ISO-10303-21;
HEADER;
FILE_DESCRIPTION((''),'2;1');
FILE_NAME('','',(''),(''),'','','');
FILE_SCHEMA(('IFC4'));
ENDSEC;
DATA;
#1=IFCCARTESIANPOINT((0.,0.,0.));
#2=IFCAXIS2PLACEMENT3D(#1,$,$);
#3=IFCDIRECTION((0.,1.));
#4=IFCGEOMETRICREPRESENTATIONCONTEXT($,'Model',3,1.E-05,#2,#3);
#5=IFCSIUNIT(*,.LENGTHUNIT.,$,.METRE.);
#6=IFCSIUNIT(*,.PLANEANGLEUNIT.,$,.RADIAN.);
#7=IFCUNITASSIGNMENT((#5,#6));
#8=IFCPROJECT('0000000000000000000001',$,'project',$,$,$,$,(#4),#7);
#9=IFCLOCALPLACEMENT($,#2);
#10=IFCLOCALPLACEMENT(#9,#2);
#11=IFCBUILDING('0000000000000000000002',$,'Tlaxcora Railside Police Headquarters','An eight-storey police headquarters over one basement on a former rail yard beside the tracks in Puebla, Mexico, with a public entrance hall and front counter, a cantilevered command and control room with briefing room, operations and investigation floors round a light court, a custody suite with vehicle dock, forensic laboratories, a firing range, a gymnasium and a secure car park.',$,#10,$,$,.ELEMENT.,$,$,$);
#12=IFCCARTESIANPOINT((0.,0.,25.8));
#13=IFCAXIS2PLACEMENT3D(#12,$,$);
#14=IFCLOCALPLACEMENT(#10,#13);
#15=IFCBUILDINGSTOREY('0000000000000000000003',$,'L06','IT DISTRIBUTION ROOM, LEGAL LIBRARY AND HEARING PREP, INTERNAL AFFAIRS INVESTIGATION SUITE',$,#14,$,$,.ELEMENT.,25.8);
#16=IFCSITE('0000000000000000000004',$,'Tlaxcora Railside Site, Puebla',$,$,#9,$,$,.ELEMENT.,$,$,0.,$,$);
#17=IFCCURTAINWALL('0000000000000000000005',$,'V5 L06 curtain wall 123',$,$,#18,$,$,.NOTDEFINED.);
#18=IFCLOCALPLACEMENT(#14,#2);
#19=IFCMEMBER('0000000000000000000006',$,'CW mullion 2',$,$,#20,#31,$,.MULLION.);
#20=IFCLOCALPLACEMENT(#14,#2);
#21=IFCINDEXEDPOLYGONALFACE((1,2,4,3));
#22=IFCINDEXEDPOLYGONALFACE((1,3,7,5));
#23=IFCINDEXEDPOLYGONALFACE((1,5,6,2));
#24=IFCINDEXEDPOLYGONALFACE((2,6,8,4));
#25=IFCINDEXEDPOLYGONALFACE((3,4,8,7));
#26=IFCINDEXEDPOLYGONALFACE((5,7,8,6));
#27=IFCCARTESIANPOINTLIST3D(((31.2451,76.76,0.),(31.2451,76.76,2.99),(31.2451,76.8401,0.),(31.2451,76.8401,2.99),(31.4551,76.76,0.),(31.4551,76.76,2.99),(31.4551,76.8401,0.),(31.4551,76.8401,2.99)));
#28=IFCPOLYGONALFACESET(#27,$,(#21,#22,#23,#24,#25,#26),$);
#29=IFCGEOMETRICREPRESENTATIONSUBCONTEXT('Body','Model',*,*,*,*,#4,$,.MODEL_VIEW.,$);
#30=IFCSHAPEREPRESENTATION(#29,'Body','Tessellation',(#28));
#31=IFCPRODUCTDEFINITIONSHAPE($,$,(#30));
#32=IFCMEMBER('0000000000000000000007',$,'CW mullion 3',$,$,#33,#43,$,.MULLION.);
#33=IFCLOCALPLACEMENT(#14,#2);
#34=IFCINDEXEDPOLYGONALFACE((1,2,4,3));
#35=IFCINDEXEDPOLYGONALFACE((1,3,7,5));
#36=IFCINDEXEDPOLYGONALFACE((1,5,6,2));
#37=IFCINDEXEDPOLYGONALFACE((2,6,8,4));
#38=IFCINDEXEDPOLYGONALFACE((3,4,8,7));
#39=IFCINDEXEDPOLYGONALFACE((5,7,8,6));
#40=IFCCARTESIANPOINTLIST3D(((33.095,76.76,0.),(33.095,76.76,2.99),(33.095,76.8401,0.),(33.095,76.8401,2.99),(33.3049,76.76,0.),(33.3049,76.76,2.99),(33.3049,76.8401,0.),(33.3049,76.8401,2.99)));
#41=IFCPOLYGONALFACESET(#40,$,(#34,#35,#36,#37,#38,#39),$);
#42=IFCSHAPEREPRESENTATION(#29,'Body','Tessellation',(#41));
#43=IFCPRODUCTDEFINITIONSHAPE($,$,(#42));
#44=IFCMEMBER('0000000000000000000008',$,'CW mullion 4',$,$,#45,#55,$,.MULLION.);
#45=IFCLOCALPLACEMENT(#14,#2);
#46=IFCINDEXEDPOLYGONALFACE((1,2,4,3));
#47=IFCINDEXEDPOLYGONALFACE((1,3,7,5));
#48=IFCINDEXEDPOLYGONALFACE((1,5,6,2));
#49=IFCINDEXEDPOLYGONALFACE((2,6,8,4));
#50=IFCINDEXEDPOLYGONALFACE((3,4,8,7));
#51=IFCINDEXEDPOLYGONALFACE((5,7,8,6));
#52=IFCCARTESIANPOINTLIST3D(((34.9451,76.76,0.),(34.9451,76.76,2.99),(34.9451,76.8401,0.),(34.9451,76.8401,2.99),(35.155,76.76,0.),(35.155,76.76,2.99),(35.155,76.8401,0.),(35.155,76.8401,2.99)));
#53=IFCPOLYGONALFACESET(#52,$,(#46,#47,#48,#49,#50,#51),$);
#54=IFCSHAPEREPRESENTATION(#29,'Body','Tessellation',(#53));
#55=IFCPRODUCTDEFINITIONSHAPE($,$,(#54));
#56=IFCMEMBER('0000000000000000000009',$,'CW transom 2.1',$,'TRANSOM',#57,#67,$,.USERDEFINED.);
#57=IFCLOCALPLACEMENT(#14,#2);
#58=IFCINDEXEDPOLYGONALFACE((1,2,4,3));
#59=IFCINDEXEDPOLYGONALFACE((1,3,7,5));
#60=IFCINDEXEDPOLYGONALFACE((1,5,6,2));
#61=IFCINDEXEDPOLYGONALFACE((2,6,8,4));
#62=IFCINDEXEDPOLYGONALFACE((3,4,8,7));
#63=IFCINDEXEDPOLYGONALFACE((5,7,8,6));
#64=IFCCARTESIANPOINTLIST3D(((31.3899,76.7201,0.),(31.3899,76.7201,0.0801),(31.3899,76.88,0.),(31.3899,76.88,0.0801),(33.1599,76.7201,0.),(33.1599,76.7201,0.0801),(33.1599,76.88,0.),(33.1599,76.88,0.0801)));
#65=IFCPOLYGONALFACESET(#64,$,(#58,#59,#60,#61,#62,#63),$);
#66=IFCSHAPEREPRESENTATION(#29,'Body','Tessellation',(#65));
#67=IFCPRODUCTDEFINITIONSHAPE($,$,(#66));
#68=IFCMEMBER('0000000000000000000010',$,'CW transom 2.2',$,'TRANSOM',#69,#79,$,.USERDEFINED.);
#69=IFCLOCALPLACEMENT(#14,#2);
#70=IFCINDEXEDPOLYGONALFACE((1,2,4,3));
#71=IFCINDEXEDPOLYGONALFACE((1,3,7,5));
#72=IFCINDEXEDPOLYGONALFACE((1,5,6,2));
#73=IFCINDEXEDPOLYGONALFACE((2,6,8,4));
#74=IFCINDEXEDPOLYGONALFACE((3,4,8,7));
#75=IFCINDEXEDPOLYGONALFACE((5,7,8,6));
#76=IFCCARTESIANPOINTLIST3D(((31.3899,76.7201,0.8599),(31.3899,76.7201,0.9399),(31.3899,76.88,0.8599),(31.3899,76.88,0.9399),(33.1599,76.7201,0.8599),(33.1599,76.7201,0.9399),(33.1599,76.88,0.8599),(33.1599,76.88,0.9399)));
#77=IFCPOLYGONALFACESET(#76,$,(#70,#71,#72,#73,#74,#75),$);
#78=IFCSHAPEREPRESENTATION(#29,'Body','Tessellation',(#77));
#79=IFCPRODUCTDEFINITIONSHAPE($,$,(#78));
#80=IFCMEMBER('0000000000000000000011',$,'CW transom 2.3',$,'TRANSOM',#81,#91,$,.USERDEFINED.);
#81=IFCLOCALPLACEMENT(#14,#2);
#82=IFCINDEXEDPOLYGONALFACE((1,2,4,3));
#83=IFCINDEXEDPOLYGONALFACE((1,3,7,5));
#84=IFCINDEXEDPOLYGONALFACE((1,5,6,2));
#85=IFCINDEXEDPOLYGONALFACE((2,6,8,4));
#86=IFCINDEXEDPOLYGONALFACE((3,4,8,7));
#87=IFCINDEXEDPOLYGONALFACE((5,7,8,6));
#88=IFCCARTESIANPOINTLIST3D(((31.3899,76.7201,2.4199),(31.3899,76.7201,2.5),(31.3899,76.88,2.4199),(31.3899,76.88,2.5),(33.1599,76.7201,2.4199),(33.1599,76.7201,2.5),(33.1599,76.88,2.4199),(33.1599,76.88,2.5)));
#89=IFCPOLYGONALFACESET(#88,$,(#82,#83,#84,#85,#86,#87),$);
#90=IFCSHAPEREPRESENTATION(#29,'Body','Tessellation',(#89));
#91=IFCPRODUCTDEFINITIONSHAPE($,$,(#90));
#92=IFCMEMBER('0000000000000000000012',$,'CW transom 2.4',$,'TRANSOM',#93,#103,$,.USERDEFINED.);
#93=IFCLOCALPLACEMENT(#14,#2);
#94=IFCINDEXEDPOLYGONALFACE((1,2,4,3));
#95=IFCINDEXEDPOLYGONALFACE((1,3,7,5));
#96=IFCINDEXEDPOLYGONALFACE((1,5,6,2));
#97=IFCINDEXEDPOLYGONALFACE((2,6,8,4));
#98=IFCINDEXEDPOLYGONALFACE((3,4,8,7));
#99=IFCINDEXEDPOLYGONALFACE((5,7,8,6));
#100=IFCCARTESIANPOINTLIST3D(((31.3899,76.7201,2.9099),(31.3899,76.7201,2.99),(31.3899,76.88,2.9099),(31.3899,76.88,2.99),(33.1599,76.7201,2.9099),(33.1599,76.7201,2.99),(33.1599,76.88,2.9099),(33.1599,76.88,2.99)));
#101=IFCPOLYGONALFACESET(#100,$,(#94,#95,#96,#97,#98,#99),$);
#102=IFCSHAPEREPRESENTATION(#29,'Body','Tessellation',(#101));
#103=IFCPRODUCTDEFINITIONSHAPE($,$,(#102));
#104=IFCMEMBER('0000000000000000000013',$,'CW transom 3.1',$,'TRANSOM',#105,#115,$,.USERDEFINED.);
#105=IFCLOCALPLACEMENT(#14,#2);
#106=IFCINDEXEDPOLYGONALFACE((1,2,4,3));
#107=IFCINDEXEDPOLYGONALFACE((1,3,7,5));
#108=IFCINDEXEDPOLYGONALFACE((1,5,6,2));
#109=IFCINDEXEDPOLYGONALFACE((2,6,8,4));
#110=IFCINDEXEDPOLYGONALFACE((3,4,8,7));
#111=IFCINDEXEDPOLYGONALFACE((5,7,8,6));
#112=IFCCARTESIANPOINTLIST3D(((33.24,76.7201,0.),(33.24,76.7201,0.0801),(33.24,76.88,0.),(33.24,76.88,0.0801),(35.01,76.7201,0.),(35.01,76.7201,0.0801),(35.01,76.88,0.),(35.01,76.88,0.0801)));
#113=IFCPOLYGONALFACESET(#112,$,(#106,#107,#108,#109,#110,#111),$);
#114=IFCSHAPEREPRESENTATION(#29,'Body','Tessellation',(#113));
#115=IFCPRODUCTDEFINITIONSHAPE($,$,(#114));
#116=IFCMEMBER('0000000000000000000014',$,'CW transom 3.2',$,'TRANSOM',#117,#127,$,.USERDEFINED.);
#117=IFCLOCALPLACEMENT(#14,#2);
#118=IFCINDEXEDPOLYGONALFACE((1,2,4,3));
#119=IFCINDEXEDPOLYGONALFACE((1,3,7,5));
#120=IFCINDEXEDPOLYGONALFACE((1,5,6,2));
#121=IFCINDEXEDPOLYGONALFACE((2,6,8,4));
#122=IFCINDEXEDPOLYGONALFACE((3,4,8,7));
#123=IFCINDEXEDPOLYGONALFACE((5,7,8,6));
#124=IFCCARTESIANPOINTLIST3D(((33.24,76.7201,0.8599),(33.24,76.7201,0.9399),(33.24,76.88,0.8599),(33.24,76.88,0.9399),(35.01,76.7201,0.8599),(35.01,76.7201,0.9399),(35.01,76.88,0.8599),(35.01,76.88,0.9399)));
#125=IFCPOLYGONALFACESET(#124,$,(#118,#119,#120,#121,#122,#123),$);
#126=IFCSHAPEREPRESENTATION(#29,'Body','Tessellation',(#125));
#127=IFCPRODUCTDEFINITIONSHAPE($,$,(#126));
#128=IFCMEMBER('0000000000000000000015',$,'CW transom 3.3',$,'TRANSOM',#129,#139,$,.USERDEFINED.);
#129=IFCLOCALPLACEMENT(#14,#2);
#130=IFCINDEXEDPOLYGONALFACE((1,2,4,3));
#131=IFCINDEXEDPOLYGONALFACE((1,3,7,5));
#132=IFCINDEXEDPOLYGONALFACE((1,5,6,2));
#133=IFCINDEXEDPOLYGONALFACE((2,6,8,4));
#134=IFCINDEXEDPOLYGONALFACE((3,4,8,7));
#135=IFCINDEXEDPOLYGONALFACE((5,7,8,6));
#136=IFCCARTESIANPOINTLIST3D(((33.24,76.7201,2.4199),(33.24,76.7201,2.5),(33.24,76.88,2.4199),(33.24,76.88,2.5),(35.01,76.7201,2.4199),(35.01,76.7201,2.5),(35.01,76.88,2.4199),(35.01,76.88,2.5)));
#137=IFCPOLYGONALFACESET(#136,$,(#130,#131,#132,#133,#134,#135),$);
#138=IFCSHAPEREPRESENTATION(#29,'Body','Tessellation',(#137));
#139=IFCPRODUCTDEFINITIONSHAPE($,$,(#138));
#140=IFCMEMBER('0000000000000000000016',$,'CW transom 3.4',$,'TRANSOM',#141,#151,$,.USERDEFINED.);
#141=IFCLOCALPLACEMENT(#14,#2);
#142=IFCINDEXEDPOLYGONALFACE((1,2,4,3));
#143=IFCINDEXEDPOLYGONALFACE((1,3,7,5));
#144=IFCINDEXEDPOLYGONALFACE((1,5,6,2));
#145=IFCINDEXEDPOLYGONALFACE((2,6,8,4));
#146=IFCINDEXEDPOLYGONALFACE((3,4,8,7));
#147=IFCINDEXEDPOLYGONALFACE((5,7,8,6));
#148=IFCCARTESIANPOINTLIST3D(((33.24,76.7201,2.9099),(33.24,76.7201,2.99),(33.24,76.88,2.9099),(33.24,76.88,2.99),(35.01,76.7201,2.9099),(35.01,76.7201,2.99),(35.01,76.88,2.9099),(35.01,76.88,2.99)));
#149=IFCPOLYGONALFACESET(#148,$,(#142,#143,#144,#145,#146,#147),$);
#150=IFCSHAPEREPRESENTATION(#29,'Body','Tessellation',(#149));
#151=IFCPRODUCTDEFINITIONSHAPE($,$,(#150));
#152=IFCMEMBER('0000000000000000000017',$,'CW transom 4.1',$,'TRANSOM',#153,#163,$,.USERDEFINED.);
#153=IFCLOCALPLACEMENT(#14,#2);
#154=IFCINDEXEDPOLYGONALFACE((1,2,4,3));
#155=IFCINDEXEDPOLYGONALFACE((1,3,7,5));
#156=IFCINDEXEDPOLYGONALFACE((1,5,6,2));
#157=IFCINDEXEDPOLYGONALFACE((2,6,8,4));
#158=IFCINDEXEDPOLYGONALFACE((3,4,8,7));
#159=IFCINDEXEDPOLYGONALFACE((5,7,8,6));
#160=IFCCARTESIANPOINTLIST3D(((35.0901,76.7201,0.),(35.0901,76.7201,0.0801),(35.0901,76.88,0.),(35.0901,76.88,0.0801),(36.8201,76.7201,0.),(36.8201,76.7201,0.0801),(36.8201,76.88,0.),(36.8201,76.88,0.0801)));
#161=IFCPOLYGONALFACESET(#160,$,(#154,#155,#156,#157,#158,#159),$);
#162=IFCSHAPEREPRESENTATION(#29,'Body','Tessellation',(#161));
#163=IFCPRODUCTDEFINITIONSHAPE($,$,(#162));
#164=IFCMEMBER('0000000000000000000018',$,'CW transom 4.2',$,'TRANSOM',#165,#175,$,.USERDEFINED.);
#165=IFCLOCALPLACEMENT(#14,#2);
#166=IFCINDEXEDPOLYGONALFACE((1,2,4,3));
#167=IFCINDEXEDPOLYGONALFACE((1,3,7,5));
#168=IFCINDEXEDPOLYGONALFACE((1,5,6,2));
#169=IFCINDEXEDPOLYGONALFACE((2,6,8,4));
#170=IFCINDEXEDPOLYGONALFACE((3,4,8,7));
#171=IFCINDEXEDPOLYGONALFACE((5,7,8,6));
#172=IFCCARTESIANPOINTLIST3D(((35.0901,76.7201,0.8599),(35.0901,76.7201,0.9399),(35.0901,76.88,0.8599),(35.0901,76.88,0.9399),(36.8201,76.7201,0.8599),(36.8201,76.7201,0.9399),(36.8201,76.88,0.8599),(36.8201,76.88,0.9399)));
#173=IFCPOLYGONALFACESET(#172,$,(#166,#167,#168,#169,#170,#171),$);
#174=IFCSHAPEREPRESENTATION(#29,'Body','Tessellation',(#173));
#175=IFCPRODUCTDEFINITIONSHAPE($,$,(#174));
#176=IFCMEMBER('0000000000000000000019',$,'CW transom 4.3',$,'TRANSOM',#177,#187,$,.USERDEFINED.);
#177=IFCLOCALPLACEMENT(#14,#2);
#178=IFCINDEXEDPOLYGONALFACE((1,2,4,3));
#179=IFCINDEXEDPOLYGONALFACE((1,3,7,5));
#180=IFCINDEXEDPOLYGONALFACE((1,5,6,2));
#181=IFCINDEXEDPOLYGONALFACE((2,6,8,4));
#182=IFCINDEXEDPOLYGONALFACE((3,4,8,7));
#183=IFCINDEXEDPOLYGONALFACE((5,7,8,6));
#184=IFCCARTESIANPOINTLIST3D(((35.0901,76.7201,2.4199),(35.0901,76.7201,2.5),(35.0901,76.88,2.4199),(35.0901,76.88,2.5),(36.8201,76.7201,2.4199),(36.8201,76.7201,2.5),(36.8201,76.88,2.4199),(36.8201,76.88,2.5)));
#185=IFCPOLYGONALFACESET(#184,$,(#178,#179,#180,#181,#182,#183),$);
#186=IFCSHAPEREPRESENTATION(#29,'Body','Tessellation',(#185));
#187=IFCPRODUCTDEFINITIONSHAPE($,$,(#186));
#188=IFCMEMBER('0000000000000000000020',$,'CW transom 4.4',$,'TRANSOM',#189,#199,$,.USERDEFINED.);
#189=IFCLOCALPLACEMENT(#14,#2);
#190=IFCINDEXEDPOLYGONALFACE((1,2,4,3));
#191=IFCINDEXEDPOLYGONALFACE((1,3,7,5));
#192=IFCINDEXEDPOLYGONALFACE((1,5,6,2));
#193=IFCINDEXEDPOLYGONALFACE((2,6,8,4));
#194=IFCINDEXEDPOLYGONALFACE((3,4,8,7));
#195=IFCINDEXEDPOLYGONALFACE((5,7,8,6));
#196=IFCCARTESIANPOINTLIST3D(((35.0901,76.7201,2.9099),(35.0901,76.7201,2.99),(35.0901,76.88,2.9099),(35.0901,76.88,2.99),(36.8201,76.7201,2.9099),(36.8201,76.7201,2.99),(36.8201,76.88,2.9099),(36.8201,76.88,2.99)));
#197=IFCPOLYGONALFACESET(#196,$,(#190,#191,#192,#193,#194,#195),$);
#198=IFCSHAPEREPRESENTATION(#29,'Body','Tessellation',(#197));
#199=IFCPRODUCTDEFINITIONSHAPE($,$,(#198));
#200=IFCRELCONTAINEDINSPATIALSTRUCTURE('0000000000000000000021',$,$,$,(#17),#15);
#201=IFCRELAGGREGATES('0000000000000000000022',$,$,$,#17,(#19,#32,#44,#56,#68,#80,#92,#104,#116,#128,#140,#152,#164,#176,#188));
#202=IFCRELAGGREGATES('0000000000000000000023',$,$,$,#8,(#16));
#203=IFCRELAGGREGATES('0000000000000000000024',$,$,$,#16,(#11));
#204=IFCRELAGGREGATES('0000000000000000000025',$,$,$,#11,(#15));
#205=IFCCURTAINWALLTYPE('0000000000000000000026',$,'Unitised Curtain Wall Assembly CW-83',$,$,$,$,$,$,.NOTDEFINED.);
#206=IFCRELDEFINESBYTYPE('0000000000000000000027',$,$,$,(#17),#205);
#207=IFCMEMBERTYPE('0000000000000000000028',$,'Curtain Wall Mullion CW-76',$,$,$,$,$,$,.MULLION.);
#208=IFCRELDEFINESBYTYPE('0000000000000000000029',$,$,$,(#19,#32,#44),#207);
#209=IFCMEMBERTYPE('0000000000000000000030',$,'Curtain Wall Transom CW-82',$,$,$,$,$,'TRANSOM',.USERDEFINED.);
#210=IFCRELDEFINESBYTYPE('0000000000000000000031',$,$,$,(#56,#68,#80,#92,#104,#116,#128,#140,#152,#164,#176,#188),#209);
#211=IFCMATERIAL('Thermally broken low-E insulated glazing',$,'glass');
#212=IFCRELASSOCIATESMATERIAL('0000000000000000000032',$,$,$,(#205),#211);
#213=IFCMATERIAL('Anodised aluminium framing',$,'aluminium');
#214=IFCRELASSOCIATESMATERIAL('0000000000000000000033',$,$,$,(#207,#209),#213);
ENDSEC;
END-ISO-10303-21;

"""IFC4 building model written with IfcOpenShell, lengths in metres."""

from ifc_helpers import new_model, si_unit, direction, frame, origin, origin_2d, place, context, subcontext, project, spatial, rectangle, extrude, material, material_profile, profile_set, type_object, element, aggregate, save


model = new_model("IFC4")

# Units and contexts
model_context = context("Model", 3, precision=1e-05, world=origin(), true_north=direction((0.0, 1.0)))
body_context = subcontext(model_context, "Body", "Model", "MODEL_VIEW")
ifc_project = project(units=[si_unit("LENGTHUNIT", "METRE"), si_unit("PLANEANGLEUNIT", "RADIAN")], contexts=[model_context])

# Site, building, storey
site_placement = place(None, origin())
site = spatial("IfcSite", under=ifc_project, at=site_placement, Name="Tlaxcora Railside Site, Puebla", CompositionType="ELEMENT", RefElevation=0.0)
building_placement = place(site_placement, origin())
building = spatial("IfcBuilding", under=site, at=building_placement, Name="Tlaxcora Railside Police Headquarters", Description="An eight-storey police headquarters over one basement on a former rail yard beside the tracks in Puebla, Mexico, with a public entrance hall and front counter, a cantilevered command and control room with briefing room, operations and investigation floors round a light court, a custody suite with vehicle dock, forensic laboratories, a firing range, a gymnasium and a secure car park.", CompositionType="ELEMENT")
storey_placement = place(building_placement, frame((0.0, 0.0, 25.8)))
storey = spatial("IfcBuildingStorey", under=building, at=storey_placement, Name="L06", Description="IT DISTRIBUTION ROOM, LEGAL LIBRARY AND HEARING PREP, INTERNAL AFFAIRS INVESTIGATION SUITE", CompositionType="ELEMENT", Elevation=25.8)

# Curtain wall, members
ifc_material_1 = material(Name="Thermally broken low-E insulated glazing", Category="glass")
curtain_wall_type = type_object("IfcCurtainWallType", Name="Unitised Curtain Wall Assembly CW-83", PredefinedType="NOTDEFINED", material=ifc_material_1)
curtain_wall_placement = place(storey_placement, origin())
curtain_wall = element("IfcCurtainWall", 1, at=curtain_wall_placement, inside=storey, type_object=curtain_wall_type, Name="V5 L06 curtain wall 123", PredefinedType="NOTDEFINED")
ifc_material_2 = material(Name="Anodised aluminium framing", Category="aluminium")
ifc_material_profile_1 = material_profile(ifc_material_2, rectangle(XDim=0.0801, YDim=0.21, at=origin_2d()), Name="AL80X210")
ifc_profile_set_1 = profile_set([ifc_material_profile_1], Name="Anodised aluminium framing")
member_type_1 = type_object("IfcMemberType", Name="Curtain Wall Mullion CW-76", PredefinedType="MULLION", material=ifc_profile_set_1)
member_1_placement = place(storey_placement, frame((31.3501, 76.8, 0.0), z_axis=(0.0, 0.0, 1.0), x_axis=(0.0, 1.0, 0.0)))
member_1 = element("IfcMember", 2, at=member_1_placement, type_object=member_type_1, Name="CW mullion 2", PredefinedType="MULLION", context=body_context, shape_type="SweptSolid", body=[
    extrude(rectangle(XDim=0.0801, YDim=0.21, at=origin_2d()), origin(), (0.0, 0.0, 1.0), 2.99),
])
member_2_placement = place(storey_placement, frame((33.2, 76.8, 0.0), z_axis=(0.0, 0.0, 1.0), x_axis=(0.0, 1.0, 0.0)))
member_2 = element("IfcMember", 3, at=member_2_placement, type_object=member_type_1, Name="CW mullion 3", PredefinedType="MULLION", context=body_context, shape_type="SweptSolid", body=[
    extrude(rectangle(XDim=0.0801, YDim=0.21, at=origin_2d()), origin(), (0.0, 0.0, 1.0), 2.99),
])
member_3_placement = place(storey_placement, frame((35.05, 76.8, 0.0), z_axis=(0.0, 0.0, 1.0), x_axis=(0.0, 1.0, 0.0)))
member_3 = element("IfcMember", 4, at=member_3_placement, type_object=member_type_1, Name="CW mullion 4", PredefinedType="MULLION", context=body_context, shape_type="SweptSolid", body=[
    extrude(rectangle(XDim=0.0801, YDim=0.21, at=origin_2d()), origin(), (0.0, 0.0, 1.0), 2.99),
])
ifc_material_profile_2 = material_profile(ifc_material_2, rectangle(XDim=0.1599, YDim=0.0801, at=origin_2d()), Name="AL80X160")
ifc_profile_set_2 = profile_set([ifc_material_profile_2], Name="Anodised aluminium framing")
member_type_2 = type_object("IfcMemberType", Name="Curtain Wall Transom CW-82", ElementType="TRANSOM", PredefinedType="USERDEFINED", material=ifc_profile_set_2)
member_4_placement = place(storey_placement, frame((31.3899, 76.8, 0.04), z_axis=(1.0, 0.0, 0.0), x_axis=(0.0, 1.0, 0.0)))
member_4 = element("IfcMember", 5, at=member_4_placement, type_object=member_type_2, Name="CW transom 2.1", ObjectType="TRANSOM", PredefinedType="USERDEFINED", context=body_context, shape_type="SweptSolid", body=[
    extrude(rectangle(XDim=0.1599, YDim=0.0801, at=origin_2d()), origin(), (0.0, 0.0, 1.0), 1.77),
])
member_5_placement = place(storey_placement, frame((31.3899, 76.8, 0.8999), z_axis=(1.0, 0.0, 0.0), x_axis=(0.0, 1.0, 0.0)))
member_5 = element("IfcMember", 6, at=member_5_placement, type_object=member_type_2, Name="CW transom 2.2", ObjectType="TRANSOM", PredefinedType="USERDEFINED", context=body_context, shape_type="SweptSolid", body=[
    extrude(rectangle(XDim=0.1599, YDim=0.0801, at=origin_2d()), origin(), (0.0, 0.0, 1.0), 1.77),
])
member_6_placement = place(storey_placement, frame((31.3899, 76.8, 2.46), z_axis=(1.0, 0.0, 0.0), x_axis=(0.0, 1.0, 0.0)))
member_6 = element("IfcMember", 7, at=member_6_placement, type_object=member_type_2, Name="CW transom 2.3", ObjectType="TRANSOM", PredefinedType="USERDEFINED", context=body_context, shape_type="SweptSolid", body=[
    extrude(rectangle(XDim=0.1599, YDim=0.0801, at=origin_2d()), origin(), (0.0, 0.0, 1.0), 1.77),
])
member_7_placement = place(storey_placement, frame((31.3899, 76.8, 2.95), z_axis=(1.0, 0.0, 0.0), x_axis=(0.0, 1.0, 0.0)))
member_7 = element("IfcMember", 8, at=member_7_placement, type_object=member_type_2, Name="CW transom 2.4", ObjectType="TRANSOM", PredefinedType="USERDEFINED", context=body_context, shape_type="SweptSolid", body=[
    extrude(rectangle(XDim=0.1599, YDim=0.0801, at=origin_2d()), origin(), (0.0, 0.0, 1.0), 1.77),
])
member_8_placement = place(storey_placement, frame((33.24, 76.8, 0.04), z_axis=(1.0, 0.0, 0.0), x_axis=(0.0, 1.0, 0.0)))
member_8 = element("IfcMember", 9, at=member_8_placement, type_object=member_type_2, Name="CW transom 3.1", ObjectType="TRANSOM", PredefinedType="USERDEFINED", context=body_context, shape_type="SweptSolid", body=[
    extrude(rectangle(XDim=0.1599, YDim=0.0801, at=origin_2d()), origin(), (0.0, 0.0, 1.0), 1.77),
])
member_9_placement = place(storey_placement, frame((33.24, 76.8, 0.8999), z_axis=(1.0, 0.0, 0.0), x_axis=(0.0, 1.0, 0.0)))
member_9 = element("IfcMember", 10, at=member_9_placement, type_object=member_type_2, Name="CW transom 3.2", ObjectType="TRANSOM", PredefinedType="USERDEFINED", context=body_context, shape_type="SweptSolid", body=[
    extrude(rectangle(XDim=0.1599, YDim=0.0801, at=origin_2d()), origin(), (0.0, 0.0, 1.0), 1.77),
])
member_10_placement = place(storey_placement, frame((33.24, 76.8, 2.46), z_axis=(1.0, 0.0, 0.0), x_axis=(0.0, 1.0, 0.0)))
member_10 = element("IfcMember", 11, at=member_10_placement, type_object=member_type_2, Name="CW transom 3.3", ObjectType="TRANSOM", PredefinedType="USERDEFINED", context=body_context, shape_type="SweptSolid", body=[
    extrude(rectangle(XDim=0.1599, YDim=0.0801, at=origin_2d()), origin(), (0.0, 0.0, 1.0), 1.77),
])
member_11_placement = place(storey_placement, frame((33.24, 76.8, 2.95), z_axis=(1.0, 0.0, 0.0), x_axis=(0.0, 1.0, 0.0)))
member_11 = element("IfcMember", 12, at=member_11_placement, type_object=member_type_2, Name="CW transom 3.4", ObjectType="TRANSOM", PredefinedType="USERDEFINED", context=body_context, shape_type="SweptSolid", body=[
    extrude(rectangle(XDim=0.1599, YDim=0.0801, at=origin_2d()), origin(), (0.0, 0.0, 1.0), 1.77),
])
member_12_placement = place(storey_placement, frame((35.0901, 76.8, 0.04), z_axis=(1.0, 0.0, 0.0), x_axis=(0.0, 1.0, 0.0)))
member_12 = element("IfcMember", 13, at=member_12_placement, type_object=member_type_2, Name="CW transom 4.1", ObjectType="TRANSOM", PredefinedType="USERDEFINED", context=body_context, shape_type="SweptSolid", body=[
    extrude(rectangle(XDim=0.1599, YDim=0.0801, at=origin_2d()), origin(), (0.0, 0.0, 1.0), 1.73),
])
member_13_placement = place(storey_placement, frame((35.0901, 76.8, 0.8999), z_axis=(1.0, 0.0, 0.0), x_axis=(0.0, 1.0, 0.0)))
member_13 = element("IfcMember", 14, at=member_13_placement, type_object=member_type_2, Name="CW transom 4.2", ObjectType="TRANSOM", PredefinedType="USERDEFINED", context=body_context, shape_type="SweptSolid", body=[
    extrude(rectangle(XDim=0.1599, YDim=0.0801, at=origin_2d()), origin(), (0.0, 0.0, 1.0), 1.73),
])
member_14_placement = place(storey_placement, frame((35.0901, 76.8, 2.46), z_axis=(1.0, 0.0, 0.0), x_axis=(0.0, 1.0, 0.0)))
member_14 = element("IfcMember", 15, at=member_14_placement, type_object=member_type_2, Name="CW transom 4.3", ObjectType="TRANSOM", PredefinedType="USERDEFINED", context=body_context, shape_type="SweptSolid", body=[
    extrude(rectangle(XDim=0.1599, YDim=0.0801, at=origin_2d()), origin(), (0.0, 0.0, 1.0), 1.73),
])
member_15_placement = place(storey_placement, frame((35.0901, 76.8, 2.95), z_axis=(1.0, 0.0, 0.0), x_axis=(0.0, 1.0, 0.0)))
member_15 = element("IfcMember", 16, at=member_15_placement, type_object=member_type_2, Name="CW transom 4.4", ObjectType="TRANSOM", PredefinedType="USERDEFINED", context=body_context, shape_type="SweptSolid", body=[
    extrude(rectangle(XDim=0.1599, YDim=0.0801, at=origin_2d()), origin(), (0.0, 0.0, 1.0), 1.73),
])
aggregate(curtain_wall, [member_1, member_2, member_3, member_4, member_5, member_6, member_7, member_8, member_9, member_10, member_11, member_12, member_13, member_14, member_15])

save(model, "model.ifc")
